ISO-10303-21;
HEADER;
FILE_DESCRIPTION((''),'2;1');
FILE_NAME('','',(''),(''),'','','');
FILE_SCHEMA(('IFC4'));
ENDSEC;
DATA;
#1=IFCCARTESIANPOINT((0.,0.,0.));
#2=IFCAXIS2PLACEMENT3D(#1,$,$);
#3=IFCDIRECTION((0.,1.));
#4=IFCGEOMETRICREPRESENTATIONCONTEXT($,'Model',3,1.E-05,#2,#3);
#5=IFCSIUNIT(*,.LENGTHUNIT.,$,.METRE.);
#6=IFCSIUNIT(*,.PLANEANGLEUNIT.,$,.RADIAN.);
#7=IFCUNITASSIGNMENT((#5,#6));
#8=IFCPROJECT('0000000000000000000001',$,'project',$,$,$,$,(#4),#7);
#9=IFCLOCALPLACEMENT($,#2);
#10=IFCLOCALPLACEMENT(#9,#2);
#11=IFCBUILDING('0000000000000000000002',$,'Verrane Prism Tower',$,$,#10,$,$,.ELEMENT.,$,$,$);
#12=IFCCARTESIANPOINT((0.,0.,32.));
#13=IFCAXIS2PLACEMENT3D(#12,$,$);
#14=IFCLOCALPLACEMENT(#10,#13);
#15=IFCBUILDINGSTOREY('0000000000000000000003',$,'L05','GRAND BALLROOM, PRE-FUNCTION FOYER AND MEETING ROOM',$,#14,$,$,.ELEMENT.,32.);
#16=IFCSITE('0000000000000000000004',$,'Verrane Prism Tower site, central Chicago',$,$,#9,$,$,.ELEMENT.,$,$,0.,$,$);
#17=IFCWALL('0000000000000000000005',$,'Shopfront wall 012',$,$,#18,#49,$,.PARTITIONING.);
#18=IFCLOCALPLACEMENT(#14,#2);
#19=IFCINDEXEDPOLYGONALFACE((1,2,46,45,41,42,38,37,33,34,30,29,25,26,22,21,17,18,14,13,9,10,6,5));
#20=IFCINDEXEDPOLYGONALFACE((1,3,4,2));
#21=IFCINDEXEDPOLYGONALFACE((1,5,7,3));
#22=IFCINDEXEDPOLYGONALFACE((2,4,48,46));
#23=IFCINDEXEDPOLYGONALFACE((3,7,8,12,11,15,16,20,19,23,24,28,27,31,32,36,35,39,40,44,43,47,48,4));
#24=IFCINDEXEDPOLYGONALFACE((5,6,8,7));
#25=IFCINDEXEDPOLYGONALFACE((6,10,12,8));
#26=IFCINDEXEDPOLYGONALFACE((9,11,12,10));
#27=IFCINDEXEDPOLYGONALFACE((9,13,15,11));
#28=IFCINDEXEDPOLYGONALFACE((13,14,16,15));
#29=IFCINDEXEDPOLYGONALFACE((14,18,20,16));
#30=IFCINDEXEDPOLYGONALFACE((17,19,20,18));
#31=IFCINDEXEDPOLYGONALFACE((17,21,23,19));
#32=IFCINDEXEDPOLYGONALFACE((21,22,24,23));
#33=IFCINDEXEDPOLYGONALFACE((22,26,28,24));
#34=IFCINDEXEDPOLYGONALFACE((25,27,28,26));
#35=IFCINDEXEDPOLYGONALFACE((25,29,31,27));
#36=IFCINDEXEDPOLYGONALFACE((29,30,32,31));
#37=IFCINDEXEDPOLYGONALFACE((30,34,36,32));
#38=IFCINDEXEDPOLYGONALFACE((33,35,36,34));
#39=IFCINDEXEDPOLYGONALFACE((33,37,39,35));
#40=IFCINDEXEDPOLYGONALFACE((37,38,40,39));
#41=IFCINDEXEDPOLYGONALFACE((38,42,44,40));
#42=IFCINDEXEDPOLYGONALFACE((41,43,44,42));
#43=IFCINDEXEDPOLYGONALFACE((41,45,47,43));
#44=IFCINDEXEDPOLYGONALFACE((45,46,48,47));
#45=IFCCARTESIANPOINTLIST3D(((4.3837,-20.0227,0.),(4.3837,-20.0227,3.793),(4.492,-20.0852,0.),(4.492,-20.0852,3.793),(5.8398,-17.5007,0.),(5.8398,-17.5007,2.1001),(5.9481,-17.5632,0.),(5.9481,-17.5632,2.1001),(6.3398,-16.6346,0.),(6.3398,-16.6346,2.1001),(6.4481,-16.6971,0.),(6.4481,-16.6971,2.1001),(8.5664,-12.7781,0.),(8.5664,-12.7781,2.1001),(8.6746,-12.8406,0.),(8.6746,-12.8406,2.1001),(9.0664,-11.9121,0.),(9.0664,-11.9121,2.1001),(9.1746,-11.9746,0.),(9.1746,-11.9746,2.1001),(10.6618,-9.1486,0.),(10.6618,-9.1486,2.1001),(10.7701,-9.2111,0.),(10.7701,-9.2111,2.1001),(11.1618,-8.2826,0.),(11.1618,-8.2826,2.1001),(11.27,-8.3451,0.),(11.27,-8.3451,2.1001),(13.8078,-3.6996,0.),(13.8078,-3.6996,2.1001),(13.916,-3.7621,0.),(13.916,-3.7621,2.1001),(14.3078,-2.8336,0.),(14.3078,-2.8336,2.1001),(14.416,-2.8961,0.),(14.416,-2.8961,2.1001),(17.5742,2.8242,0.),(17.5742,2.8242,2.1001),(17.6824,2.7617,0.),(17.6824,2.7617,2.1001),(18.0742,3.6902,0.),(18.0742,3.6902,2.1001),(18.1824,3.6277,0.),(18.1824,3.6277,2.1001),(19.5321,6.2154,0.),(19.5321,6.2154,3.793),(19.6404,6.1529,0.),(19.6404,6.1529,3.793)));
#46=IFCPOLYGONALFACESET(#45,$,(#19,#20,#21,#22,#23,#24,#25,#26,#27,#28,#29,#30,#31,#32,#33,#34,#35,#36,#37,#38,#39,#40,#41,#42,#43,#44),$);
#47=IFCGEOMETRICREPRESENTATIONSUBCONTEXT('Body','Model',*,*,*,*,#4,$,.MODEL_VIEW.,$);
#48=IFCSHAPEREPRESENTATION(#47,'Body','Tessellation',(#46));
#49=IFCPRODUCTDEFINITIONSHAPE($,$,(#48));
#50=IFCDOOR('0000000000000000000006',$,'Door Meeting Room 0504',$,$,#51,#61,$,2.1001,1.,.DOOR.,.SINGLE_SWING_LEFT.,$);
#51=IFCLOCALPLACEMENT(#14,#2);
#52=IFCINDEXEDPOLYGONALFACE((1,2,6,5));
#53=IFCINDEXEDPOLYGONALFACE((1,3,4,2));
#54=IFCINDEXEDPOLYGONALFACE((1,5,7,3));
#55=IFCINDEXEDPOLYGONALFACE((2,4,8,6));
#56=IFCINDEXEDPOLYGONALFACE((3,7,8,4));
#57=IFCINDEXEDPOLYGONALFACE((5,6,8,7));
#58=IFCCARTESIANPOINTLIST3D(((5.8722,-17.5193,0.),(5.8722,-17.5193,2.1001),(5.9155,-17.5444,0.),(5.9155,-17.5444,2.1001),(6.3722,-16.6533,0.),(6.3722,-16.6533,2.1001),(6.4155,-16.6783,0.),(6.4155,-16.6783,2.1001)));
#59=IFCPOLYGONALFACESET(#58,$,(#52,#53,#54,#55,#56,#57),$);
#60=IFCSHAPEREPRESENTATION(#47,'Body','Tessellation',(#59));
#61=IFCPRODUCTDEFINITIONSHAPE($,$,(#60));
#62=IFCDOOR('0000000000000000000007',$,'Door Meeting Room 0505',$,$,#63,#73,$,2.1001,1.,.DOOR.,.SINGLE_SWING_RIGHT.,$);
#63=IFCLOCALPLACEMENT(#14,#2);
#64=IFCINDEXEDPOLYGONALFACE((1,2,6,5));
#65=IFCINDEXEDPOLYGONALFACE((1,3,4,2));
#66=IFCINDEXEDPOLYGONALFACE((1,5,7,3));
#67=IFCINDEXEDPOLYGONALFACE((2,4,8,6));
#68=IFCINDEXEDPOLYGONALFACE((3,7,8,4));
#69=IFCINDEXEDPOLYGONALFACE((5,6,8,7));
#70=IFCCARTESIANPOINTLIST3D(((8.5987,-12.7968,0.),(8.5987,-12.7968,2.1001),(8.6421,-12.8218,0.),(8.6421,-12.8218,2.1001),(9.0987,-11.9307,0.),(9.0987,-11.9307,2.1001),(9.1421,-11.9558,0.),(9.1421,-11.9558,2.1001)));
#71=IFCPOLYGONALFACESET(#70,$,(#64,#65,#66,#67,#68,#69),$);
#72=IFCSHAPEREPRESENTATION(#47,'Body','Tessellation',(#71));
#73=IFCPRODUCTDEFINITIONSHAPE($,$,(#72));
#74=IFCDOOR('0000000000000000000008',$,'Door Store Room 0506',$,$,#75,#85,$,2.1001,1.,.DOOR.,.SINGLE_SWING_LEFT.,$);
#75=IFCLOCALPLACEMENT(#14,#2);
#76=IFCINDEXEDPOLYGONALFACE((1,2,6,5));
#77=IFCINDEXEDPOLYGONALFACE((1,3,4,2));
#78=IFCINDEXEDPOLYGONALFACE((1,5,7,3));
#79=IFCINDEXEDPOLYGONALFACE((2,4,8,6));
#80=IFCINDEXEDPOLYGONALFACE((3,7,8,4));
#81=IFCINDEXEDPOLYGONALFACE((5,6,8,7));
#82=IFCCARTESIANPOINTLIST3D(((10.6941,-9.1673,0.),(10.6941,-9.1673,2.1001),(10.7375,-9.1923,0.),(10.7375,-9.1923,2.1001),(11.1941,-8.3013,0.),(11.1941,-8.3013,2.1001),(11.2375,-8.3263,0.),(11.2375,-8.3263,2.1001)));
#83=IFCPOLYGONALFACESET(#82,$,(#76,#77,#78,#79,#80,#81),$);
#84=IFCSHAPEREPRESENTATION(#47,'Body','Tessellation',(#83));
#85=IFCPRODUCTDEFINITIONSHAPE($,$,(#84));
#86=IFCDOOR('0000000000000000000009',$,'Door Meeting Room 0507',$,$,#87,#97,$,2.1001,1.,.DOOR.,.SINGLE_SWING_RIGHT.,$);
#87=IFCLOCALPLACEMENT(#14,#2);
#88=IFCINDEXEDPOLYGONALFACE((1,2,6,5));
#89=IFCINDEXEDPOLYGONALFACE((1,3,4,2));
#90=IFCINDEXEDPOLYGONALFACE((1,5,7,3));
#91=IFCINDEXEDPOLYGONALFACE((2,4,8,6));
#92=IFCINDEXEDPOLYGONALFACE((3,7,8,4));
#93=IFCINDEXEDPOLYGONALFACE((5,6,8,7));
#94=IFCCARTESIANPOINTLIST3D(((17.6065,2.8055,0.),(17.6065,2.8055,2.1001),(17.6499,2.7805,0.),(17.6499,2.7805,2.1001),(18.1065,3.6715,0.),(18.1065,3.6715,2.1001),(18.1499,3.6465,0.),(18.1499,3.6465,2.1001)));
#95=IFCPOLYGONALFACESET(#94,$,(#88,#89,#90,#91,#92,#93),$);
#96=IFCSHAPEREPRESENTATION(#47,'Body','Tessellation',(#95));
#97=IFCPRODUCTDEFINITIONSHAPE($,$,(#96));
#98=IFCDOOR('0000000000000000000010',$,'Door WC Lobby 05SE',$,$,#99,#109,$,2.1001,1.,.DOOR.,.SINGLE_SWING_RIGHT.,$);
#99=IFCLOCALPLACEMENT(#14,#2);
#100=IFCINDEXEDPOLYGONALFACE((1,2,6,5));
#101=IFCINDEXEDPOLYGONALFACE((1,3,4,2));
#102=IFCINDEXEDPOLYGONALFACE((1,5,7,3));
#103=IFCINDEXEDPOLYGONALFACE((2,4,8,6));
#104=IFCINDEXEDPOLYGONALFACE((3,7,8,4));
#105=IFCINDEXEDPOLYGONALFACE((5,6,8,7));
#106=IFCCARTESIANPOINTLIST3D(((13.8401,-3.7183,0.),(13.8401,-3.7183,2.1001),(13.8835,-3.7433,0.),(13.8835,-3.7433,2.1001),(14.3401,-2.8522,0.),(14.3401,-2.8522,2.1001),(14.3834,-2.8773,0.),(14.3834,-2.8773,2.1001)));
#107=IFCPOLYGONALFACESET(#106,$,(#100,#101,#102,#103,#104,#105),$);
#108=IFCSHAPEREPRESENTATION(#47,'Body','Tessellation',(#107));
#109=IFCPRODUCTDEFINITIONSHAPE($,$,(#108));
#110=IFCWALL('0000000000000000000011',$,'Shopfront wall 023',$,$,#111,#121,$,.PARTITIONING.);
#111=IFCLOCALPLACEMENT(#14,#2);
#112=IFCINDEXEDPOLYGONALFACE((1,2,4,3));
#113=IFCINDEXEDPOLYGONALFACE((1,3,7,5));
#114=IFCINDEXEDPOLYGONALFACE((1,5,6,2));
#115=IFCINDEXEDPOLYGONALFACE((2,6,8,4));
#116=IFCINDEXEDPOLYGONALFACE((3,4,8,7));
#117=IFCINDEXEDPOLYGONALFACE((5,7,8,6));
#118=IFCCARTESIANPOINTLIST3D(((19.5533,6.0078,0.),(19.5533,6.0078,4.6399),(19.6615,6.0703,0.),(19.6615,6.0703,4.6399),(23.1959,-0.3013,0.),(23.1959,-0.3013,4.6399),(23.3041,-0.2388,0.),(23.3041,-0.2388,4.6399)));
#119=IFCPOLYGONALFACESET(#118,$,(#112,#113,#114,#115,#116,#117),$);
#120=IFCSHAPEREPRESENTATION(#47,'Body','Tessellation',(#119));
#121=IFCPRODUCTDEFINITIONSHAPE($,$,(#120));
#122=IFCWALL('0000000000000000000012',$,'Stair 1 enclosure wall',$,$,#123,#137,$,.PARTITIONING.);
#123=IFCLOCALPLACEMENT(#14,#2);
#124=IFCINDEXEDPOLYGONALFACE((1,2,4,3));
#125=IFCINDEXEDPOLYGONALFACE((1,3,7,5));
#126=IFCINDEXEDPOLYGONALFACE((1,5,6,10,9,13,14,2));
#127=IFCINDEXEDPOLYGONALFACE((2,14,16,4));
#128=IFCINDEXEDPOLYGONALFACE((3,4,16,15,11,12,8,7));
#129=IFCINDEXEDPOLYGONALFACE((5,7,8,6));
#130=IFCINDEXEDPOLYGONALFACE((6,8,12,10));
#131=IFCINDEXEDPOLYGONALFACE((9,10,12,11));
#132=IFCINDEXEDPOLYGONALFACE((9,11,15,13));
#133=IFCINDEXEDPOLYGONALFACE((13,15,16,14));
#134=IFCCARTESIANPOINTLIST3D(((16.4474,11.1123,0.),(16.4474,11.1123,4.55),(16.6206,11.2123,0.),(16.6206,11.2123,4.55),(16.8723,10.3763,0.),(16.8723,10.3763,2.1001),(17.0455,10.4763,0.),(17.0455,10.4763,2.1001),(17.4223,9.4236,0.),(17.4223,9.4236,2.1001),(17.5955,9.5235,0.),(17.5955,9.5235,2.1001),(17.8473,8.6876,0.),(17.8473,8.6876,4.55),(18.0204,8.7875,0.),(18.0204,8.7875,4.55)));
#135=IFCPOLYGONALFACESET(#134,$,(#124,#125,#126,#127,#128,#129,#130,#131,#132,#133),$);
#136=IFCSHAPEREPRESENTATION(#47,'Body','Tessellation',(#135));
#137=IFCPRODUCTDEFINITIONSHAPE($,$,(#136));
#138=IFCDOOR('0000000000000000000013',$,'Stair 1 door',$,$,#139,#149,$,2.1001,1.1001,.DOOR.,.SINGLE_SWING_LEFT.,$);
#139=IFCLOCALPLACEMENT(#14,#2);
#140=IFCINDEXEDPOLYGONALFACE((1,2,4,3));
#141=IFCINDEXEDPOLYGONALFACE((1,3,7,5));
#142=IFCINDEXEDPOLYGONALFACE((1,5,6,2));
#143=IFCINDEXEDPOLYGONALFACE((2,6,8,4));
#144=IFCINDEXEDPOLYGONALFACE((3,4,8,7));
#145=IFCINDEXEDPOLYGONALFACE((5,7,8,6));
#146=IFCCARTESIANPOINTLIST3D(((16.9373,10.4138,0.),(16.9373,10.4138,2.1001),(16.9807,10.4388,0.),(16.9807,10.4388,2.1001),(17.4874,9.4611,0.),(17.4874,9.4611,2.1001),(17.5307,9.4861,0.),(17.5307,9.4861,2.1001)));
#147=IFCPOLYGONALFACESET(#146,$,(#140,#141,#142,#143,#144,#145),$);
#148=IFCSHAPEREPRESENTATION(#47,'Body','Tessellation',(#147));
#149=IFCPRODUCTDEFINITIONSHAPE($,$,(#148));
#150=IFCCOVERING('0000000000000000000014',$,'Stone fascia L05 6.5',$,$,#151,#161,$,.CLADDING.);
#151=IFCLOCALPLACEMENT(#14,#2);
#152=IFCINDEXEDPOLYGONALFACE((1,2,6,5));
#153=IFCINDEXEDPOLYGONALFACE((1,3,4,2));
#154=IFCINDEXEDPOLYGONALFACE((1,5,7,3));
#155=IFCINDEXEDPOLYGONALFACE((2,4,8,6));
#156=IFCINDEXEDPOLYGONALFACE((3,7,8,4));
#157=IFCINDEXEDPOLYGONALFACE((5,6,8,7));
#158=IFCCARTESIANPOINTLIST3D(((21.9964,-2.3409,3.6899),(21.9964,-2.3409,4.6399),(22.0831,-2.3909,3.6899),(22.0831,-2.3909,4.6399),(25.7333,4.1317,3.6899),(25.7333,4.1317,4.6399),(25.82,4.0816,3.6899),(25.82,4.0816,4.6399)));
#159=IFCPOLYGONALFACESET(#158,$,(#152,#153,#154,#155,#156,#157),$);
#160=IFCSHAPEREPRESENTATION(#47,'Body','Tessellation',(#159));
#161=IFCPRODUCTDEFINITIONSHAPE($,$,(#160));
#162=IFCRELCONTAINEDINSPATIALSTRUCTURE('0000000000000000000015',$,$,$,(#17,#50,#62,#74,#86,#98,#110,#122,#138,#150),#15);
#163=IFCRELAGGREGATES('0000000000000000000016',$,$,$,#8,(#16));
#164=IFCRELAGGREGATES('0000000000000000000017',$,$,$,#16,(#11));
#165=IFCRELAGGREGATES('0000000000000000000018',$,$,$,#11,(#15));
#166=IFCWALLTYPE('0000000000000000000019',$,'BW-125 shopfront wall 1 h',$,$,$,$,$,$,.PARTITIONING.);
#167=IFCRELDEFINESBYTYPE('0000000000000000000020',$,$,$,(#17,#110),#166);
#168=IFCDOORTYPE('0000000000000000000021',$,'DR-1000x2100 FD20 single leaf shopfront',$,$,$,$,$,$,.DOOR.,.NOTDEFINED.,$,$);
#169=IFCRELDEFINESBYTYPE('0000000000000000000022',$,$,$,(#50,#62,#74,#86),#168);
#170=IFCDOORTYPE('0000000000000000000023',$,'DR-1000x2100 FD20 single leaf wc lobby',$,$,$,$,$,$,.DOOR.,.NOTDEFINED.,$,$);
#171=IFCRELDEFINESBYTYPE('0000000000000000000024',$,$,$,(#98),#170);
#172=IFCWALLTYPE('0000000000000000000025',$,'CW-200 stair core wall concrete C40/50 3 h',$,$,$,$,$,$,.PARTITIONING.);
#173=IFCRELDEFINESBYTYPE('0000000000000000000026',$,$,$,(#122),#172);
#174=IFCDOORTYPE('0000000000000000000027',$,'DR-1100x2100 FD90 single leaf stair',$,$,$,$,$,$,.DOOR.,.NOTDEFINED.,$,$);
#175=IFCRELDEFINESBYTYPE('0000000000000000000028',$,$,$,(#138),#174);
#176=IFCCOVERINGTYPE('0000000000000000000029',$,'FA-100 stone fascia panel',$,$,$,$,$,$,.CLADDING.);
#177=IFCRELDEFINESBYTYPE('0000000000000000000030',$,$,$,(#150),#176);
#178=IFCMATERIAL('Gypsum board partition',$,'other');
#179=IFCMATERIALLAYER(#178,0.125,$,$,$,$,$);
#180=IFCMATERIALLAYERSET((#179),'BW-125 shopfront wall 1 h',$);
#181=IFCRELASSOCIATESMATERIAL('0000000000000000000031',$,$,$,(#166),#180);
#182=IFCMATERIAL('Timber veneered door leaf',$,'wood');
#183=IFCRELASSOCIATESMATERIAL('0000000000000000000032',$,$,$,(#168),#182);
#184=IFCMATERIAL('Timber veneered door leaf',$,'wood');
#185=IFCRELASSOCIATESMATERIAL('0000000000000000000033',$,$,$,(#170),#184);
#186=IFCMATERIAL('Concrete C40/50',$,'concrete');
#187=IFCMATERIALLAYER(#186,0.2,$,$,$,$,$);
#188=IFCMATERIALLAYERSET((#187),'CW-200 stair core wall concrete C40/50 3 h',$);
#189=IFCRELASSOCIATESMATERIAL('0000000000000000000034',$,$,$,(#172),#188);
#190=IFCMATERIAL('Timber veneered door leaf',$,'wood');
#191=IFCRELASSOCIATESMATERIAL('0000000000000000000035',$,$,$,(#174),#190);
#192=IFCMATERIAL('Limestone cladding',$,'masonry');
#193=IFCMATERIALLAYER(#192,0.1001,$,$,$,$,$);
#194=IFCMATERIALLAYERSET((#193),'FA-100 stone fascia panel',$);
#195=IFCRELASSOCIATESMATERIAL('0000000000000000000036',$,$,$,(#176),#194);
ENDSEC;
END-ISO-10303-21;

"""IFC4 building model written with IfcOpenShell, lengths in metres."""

from ifc_helpers import new_model, si_unit, direction, frame, frame_2d, origin, origin_2d, place, context, subcontext, project, spatial, rectangle, extrude, material, layer, layer_set, type_object, element, fill, save


model = new_model("IFC4")

# Units and contexts
model_context = context("Model", 3, precision=1e-05, world=origin(), true_north=direction((0.0, 1.0)))
body_context = subcontext(model_context, "Body", "Model", "MODEL_VIEW")
ifc_project = project(units=[si_unit("LENGTHUNIT", "METRE"), si_unit("PLANEANGLEUNIT", "RADIAN")], contexts=[model_context])

# Site, building, storey
site_placement = place(None, origin())
site = spatial("IfcSite", under=ifc_project, at=site_placement, Name="Verrane Prism Tower site, central Chicago", CompositionType="ELEMENT", RefElevation=0.0)
building_placement = place(site_placement, origin())
building = spatial("IfcBuilding", under=site, at=building_placement, Name="Verrane Prism Tower", CompositionType="ELEMENT")
storey_placement = place(building_placement, frame((0.0, 0.0, 32.0)))
storey = spatial("IfcBuildingStorey", under=building, at=storey_placement, Name="L05", Description="GRAND BALLROOM, PRE-FUNCTION FOYER AND MEETING ROOM", CompositionType="ELEMENT", Elevation=32.0)

# Wall, openings, doors
ifc_material_1 = material(Name="Gypsum board partition", Category="other")
ifc_layer_1 = layer(ifc_material_1, 0.125)
ifc_layer_set_1 = layer_set([ifc_layer_1], Name="BW-125 shopfront wall 1 h")
wall_type_1 = type_object("IfcWallType", Name="BW-125 shopfront wall 1 h", PredefinedType="PARTITIONING", material=ifc_layer_set_1)
wall_1_placement = place(storey_placement, frame((19.5862, 6.1841, 0.0), z_axis=(0.0, 0.0, 1.0), x_axis=(-0.499994, -0.866029, 0.0)))
wall_1 = element("IfcWall", 1, at=wall_1_placement, inside=storey, type_object=wall_type_1, Name="Shopfront wall 012", PredefinedType="PARTITIONING", context=body_context, shape_type="SweptSolid", body=[
    extrude(rectangle(XDim=30.2971, YDim=0.125, at=frame_2d((15.1484, 0.0))), origin(), (0.0, 0.0, 1.0), 3.793),
])
opening_1_placement = place(wall_1_placement, frame((26.3848, 0.0, 0.0)))
opening_1 = element("IfcOpeningElement", 2, at=opening_1_placement, cuts=wall_1, PredefinedType="OPENING", context=body_context, shape_type="SweptSolid", body=[
    extrude(rectangle(XDim=1.0, YDim=2.1001, at=frame_2d((0.5, 1.05))), frame((0.0, 0.0725, 0.0), z_axis=(0.0, -1.0, 0.0), x_axis=(1.0, 0.0, 0.0)), (0.0, 0.0, 1.0), 0.145),
])
opening_2_placement = place(wall_1_placement, frame((20.9316, 0.0, 0.0)))
opening_2 = element("IfcOpeningElement", 3, at=opening_2_placement, cuts=wall_1, PredefinedType="OPENING", context=body_context, shape_type="SweptSolid", body=[
    extrude(rectangle(XDim=1.0, YDim=2.1001, at=frame_2d((0.5, 1.05))), frame((0.0, 0.0725, 0.0), z_axis=(0.0, -1.0, 0.0), x_axis=(1.0, 0.0, 0.0)), (0.0, 0.0, 1.0), 0.145),
])
opening_3_placement = place(wall_1_placement, frame((16.7407, 0.0, 0.0)))
opening_3 = element("IfcOpeningElement", 4, at=opening_3_placement, cuts=wall_1, PredefinedType="OPENING", context=body_context, shape_type="SweptSolid", body=[
    extrude(rectangle(XDim=1.0, YDim=2.1001, at=frame_2d((0.5, 1.05))), frame((0.0, 0.0725, 0.0), z_axis=(0.0, -1.0, 0.0), x_axis=(1.0, 0.0, 0.0)), (0.0, 0.0, 1.0), 0.145),
])
opening_4_placement = place(wall_1_placement, frame((10.4487, 0.0, 0.0)))
opening_4 = element("IfcOpeningElement", 5, at=opening_4_placement, cuts=wall_1, PredefinedType="OPENING", context=body_context, shape_type="SweptSolid", body=[
    extrude(rectangle(XDim=1.0, YDim=2.1001, at=frame_2d((0.5, 1.05))), frame((0.0, 0.0725, 0.0), z_axis=(0.0, -1.0, 0.0), x_axis=(1.0, 0.0, 0.0)), (0.0, 0.0, 1.0), 0.145),
])
opening_5_placement = place(wall_1_placement, frame((2.9158, 0.0, 0.0)))
opening_5 = element("IfcOpeningElement", 6, at=opening_5_placement, cuts=wall_1, PredefinedType="OPENING", context=body_context, shape_type="SweptSolid", body=[
    extrude(rectangle(XDim=1.0, YDim=2.1001, at=frame_2d((0.5, 1.05))), frame((0.0, 0.0725, 0.0), z_axis=(0.0, -1.0, 0.0), x_axis=(1.0, 0.0, 0.0)), (0.0, 0.0, 1.0), 0.145),
])
ifc_material_2 = material(Name="Timber veneered door leaf", Category="wood")
door_type_1 = type_object("IfcDoorType", Name="DR-1000x2100 FD20 single leaf shopfront", OperationType="NOTDEFINED", PredefinedType="DOOR", material=ifc_material_2)
door_1_placement = place(opening_1_placement, origin())
door_1 = element("IfcDoor", 7, at=door_1_placement, inside=storey, type_object=door_type_1, Name="Door Meeting Room 0504", OperationType="SINGLE_SWING_LEFT", OverallHeight=2.1001, OverallWidth=1.0, PredefinedType="DOOR", context=body_context, shape_type="SweptSolid", body=[
    extrude(rectangle(XDim=1.0, YDim=2.1001, at=frame_2d((0.5, 1.05))), frame((0.0, 0.0249, 0.0), z_axis=(0.0, -1.0, 0.0), x_axis=(1.0, 0.0, 0.0)), (0.0, 0.0, 1.0), 0.05),
])
fill(opening_1, door_1)
door_2_placement = place(opening_2_placement, origin())
door_2 = element("IfcDoor", 8, at=door_2_placement, inside=storey, type_object=door_type_1, Name="Door Meeting Room 0505", OperationType="SINGLE_SWING_RIGHT", OverallHeight=2.1001, OverallWidth=1.0, PredefinedType="DOOR", context=body_context, shape_type="SweptSolid", body=[
    extrude(rectangle(XDim=1.0, YDim=2.1001, at=frame_2d((0.5, 1.05))), frame((0.0, 0.0249, 0.0), z_axis=(0.0, -1.0, 0.0), x_axis=(1.0, 0.0, 0.0)), (0.0, 0.0, 1.0), 0.05),
])
fill(opening_2, door_2)
door_3_placement = place(opening_3_placement, origin())
door_3 = element("IfcDoor", 9, at=door_3_placement, inside=storey, type_object=door_type_1, Name="Door Store Room 0506", OperationType="SINGLE_SWING_LEFT", OverallHeight=2.1001, OverallWidth=1.0, PredefinedType="DOOR", context=body_context, shape_type="SweptSolid", body=[
    extrude(rectangle(XDim=1.0, YDim=2.1001, at=frame_2d((0.5, 1.05))), frame((0.0, 0.0249, 0.0), z_axis=(0.0, -1.0, 0.0), x_axis=(1.0, 0.0, 0.0)), (0.0, 0.0, 1.0), 0.05),
])
fill(opening_3, door_3)
door_4_placement = place(opening_5_placement, origin())
door_4 = element("IfcDoor", 10, at=door_4_placement, inside=storey, type_object=door_type_1, Name="Door Meeting Room 0507", OperationType="SINGLE_SWING_RIGHT", OverallHeight=2.1001, OverallWidth=1.0, PredefinedType="DOOR", context=body_context, shape_type="SweptSolid", body=[
    extrude(rectangle(XDim=1.0, YDim=2.1001, at=frame_2d((0.5, 1.05))), frame((0.0, 0.0249, 0.0), z_axis=(0.0, -1.0, 0.0), x_axis=(1.0, 0.0, 0.0)), (0.0, 0.0, 1.0), 0.05),
])
fill(opening_5, door_4)
ifc_material_3 = material(Name="Timber veneered door leaf", Category="wood")
door_type_2 = type_object("IfcDoorType", Name="DR-1000x2100 FD20 single leaf wc lobby", OperationType="NOTDEFINED", PredefinedType="DOOR", material=ifc_material_3)
door_5_placement = place(opening_4_placement, origin())
door_5 = element("IfcDoor", 11, at=door_5_placement, inside=storey, type_object=door_type_2, Name="Door WC Lobby 05SE", OperationType="SINGLE_SWING_RIGHT", OverallHeight=2.1001, OverallWidth=1.0, PredefinedType="DOOR", context=body_context, shape_type="SweptSolid", body=[
    extrude(rectangle(XDim=1.0, YDim=2.1001, at=frame_2d((0.5, 1.05))), frame((0.0, 0.0249, 0.0), z_axis=(0.0, -1.0, 0.0), x_axis=(1.0, 0.0, 0.0)), (0.0, 0.0, 1.0), 0.05),
])
fill(opening_4, door_5)

# Wall
wall_2_placement = place(storey_placement, frame((19.6074, 6.0391, 0.0), z_axis=(0.0, 0.0, 1.0), x_axis=(0.500003, -0.866024, 0.0)))
element("IfcWall", 12, at=wall_2_placement, inside=storey, type_object=wall_type_1, Name="Shopfront wall 023", PredefinedType="PARTITIONING", context=body_context, shape_type="SweptSolid", body=[
    extrude(rectangle(XDim=7.2852, YDim=0.125, at=frame_2d((3.6426, 0.0))), origin(), (0.0, 0.0, 1.0), 4.6399),
])

# Wall, opening, door
ifc_material_4 = material(Name="Concrete C40/50", Category="concrete")
ifc_layer_2 = layer(ifc_material_4, 0.2)
ifc_layer_set_2 = layer_set([ifc_layer_2], Name="CW-200 stair core wall concrete C40/50 3 h")
wall_type_2 = type_object("IfcWallType", Name="CW-200 stair core wall concrete C40/50 3 h", PredefinedType="PARTITIONING", material=ifc_layer_set_2)
wall_3_placement = place(storey_placement, frame((17.9338, 8.7375, 0.0), z_axis=(0.0, 0.0, 1.0), x_axis=(-0.499984, 0.866035, 0.0)))
wall_3 = element("IfcWall", 13, at=wall_3_placement, inside=storey, type_object=wall_type_2, Name="Stair 1 enclosure wall", PredefinedType="PARTITIONING", context=body_context, shape_type="SweptSolid", body=[
    extrude(rectangle(XDim=2.7998, YDim=0.2, at=frame_2d((1.3999, 0.0))), origin(), (0.0, 0.0, 1.0), 4.55),
])
opening_6_placement = place(wall_3_placement, frame((0.8499, 0.0, 0.0)))
opening_6 = element("IfcOpeningElement", 14, at=opening_6_placement, cuts=wall_3, PredefinedType="OPENING", context=body_context, shape_type="SweptSolid", body=[
    extrude(rectangle(XDim=1.1001, YDim=2.1001, at=frame_2d((0.55, 1.05))), frame((0.0, 0.1099, 0.0), z_axis=(0.0, -1.0, 0.0), x_axis=(1.0, 0.0, 0.0)), (0.0, 0.0, 1.0), 0.22),
])
ifc_material_5 = material(Name="Timber veneered door leaf", Category="wood")
door_type_3 = type_object("IfcDoorType", Name="DR-1100x2100 FD90 single leaf stair", OperationType="NOTDEFINED", PredefinedType="DOOR", material=ifc_material_5)
door_6_placement = place(opening_6_placement, origin())
door_6 = element("IfcDoor", 15, at=door_6_placement, inside=storey, type_object=door_type_3, Name="Stair 1 door", OperationType="SINGLE_SWING_LEFT", OverallHeight=2.1001, OverallWidth=1.1001, PredefinedType="DOOR", context=body_context, shape_type="SweptSolid", body=[
    extrude(rectangle(XDim=1.1001, YDim=2.1001, at=frame_2d((0.55, 1.05))), frame((0.0, 0.0249, 0.0), z_axis=(0.0, -1.0, 0.0), x_axis=(1.0, 0.0, 0.0)), (0.0, 0.0, 1.0), 0.05),
])
fill(opening_6, door_6)

# Covering
ifc_material_6 = material(Name="Limestone cladding", Category="masonry")
ifc_layer_3 = layer(ifc_material_6, 0.1001)
ifc_layer_set_3 = layer_set([ifc_layer_3], Name="FA-100 stone fascia panel")
covering_type = type_object("IfcCoveringType", Name="FA-100 stone fascia panel", PredefinedType="CLADDING", material=ifc_layer_set_3)
covering_placement = place(storey_placement, frame((23.9082, 0.8704, 3.6899), z_axis=(0.0, 0.0, 1.0), x_axis=(0.5, 0.866025, 0.0)))
element("IfcCovering", 16, at=covering_placement, inside=storey, type_object=covering_type, Name="Stone fascia L05 6.5", PredefinedType="CLADDING", context=body_context, shape_type="SweptSolid", body=[
    extrude(rectangle(XDim=7.4739, YDim=0.1001, at=origin_2d()), origin(), (0.0, 0.0, 1.0), 0.95),
])

save(model, "model.ifc")
